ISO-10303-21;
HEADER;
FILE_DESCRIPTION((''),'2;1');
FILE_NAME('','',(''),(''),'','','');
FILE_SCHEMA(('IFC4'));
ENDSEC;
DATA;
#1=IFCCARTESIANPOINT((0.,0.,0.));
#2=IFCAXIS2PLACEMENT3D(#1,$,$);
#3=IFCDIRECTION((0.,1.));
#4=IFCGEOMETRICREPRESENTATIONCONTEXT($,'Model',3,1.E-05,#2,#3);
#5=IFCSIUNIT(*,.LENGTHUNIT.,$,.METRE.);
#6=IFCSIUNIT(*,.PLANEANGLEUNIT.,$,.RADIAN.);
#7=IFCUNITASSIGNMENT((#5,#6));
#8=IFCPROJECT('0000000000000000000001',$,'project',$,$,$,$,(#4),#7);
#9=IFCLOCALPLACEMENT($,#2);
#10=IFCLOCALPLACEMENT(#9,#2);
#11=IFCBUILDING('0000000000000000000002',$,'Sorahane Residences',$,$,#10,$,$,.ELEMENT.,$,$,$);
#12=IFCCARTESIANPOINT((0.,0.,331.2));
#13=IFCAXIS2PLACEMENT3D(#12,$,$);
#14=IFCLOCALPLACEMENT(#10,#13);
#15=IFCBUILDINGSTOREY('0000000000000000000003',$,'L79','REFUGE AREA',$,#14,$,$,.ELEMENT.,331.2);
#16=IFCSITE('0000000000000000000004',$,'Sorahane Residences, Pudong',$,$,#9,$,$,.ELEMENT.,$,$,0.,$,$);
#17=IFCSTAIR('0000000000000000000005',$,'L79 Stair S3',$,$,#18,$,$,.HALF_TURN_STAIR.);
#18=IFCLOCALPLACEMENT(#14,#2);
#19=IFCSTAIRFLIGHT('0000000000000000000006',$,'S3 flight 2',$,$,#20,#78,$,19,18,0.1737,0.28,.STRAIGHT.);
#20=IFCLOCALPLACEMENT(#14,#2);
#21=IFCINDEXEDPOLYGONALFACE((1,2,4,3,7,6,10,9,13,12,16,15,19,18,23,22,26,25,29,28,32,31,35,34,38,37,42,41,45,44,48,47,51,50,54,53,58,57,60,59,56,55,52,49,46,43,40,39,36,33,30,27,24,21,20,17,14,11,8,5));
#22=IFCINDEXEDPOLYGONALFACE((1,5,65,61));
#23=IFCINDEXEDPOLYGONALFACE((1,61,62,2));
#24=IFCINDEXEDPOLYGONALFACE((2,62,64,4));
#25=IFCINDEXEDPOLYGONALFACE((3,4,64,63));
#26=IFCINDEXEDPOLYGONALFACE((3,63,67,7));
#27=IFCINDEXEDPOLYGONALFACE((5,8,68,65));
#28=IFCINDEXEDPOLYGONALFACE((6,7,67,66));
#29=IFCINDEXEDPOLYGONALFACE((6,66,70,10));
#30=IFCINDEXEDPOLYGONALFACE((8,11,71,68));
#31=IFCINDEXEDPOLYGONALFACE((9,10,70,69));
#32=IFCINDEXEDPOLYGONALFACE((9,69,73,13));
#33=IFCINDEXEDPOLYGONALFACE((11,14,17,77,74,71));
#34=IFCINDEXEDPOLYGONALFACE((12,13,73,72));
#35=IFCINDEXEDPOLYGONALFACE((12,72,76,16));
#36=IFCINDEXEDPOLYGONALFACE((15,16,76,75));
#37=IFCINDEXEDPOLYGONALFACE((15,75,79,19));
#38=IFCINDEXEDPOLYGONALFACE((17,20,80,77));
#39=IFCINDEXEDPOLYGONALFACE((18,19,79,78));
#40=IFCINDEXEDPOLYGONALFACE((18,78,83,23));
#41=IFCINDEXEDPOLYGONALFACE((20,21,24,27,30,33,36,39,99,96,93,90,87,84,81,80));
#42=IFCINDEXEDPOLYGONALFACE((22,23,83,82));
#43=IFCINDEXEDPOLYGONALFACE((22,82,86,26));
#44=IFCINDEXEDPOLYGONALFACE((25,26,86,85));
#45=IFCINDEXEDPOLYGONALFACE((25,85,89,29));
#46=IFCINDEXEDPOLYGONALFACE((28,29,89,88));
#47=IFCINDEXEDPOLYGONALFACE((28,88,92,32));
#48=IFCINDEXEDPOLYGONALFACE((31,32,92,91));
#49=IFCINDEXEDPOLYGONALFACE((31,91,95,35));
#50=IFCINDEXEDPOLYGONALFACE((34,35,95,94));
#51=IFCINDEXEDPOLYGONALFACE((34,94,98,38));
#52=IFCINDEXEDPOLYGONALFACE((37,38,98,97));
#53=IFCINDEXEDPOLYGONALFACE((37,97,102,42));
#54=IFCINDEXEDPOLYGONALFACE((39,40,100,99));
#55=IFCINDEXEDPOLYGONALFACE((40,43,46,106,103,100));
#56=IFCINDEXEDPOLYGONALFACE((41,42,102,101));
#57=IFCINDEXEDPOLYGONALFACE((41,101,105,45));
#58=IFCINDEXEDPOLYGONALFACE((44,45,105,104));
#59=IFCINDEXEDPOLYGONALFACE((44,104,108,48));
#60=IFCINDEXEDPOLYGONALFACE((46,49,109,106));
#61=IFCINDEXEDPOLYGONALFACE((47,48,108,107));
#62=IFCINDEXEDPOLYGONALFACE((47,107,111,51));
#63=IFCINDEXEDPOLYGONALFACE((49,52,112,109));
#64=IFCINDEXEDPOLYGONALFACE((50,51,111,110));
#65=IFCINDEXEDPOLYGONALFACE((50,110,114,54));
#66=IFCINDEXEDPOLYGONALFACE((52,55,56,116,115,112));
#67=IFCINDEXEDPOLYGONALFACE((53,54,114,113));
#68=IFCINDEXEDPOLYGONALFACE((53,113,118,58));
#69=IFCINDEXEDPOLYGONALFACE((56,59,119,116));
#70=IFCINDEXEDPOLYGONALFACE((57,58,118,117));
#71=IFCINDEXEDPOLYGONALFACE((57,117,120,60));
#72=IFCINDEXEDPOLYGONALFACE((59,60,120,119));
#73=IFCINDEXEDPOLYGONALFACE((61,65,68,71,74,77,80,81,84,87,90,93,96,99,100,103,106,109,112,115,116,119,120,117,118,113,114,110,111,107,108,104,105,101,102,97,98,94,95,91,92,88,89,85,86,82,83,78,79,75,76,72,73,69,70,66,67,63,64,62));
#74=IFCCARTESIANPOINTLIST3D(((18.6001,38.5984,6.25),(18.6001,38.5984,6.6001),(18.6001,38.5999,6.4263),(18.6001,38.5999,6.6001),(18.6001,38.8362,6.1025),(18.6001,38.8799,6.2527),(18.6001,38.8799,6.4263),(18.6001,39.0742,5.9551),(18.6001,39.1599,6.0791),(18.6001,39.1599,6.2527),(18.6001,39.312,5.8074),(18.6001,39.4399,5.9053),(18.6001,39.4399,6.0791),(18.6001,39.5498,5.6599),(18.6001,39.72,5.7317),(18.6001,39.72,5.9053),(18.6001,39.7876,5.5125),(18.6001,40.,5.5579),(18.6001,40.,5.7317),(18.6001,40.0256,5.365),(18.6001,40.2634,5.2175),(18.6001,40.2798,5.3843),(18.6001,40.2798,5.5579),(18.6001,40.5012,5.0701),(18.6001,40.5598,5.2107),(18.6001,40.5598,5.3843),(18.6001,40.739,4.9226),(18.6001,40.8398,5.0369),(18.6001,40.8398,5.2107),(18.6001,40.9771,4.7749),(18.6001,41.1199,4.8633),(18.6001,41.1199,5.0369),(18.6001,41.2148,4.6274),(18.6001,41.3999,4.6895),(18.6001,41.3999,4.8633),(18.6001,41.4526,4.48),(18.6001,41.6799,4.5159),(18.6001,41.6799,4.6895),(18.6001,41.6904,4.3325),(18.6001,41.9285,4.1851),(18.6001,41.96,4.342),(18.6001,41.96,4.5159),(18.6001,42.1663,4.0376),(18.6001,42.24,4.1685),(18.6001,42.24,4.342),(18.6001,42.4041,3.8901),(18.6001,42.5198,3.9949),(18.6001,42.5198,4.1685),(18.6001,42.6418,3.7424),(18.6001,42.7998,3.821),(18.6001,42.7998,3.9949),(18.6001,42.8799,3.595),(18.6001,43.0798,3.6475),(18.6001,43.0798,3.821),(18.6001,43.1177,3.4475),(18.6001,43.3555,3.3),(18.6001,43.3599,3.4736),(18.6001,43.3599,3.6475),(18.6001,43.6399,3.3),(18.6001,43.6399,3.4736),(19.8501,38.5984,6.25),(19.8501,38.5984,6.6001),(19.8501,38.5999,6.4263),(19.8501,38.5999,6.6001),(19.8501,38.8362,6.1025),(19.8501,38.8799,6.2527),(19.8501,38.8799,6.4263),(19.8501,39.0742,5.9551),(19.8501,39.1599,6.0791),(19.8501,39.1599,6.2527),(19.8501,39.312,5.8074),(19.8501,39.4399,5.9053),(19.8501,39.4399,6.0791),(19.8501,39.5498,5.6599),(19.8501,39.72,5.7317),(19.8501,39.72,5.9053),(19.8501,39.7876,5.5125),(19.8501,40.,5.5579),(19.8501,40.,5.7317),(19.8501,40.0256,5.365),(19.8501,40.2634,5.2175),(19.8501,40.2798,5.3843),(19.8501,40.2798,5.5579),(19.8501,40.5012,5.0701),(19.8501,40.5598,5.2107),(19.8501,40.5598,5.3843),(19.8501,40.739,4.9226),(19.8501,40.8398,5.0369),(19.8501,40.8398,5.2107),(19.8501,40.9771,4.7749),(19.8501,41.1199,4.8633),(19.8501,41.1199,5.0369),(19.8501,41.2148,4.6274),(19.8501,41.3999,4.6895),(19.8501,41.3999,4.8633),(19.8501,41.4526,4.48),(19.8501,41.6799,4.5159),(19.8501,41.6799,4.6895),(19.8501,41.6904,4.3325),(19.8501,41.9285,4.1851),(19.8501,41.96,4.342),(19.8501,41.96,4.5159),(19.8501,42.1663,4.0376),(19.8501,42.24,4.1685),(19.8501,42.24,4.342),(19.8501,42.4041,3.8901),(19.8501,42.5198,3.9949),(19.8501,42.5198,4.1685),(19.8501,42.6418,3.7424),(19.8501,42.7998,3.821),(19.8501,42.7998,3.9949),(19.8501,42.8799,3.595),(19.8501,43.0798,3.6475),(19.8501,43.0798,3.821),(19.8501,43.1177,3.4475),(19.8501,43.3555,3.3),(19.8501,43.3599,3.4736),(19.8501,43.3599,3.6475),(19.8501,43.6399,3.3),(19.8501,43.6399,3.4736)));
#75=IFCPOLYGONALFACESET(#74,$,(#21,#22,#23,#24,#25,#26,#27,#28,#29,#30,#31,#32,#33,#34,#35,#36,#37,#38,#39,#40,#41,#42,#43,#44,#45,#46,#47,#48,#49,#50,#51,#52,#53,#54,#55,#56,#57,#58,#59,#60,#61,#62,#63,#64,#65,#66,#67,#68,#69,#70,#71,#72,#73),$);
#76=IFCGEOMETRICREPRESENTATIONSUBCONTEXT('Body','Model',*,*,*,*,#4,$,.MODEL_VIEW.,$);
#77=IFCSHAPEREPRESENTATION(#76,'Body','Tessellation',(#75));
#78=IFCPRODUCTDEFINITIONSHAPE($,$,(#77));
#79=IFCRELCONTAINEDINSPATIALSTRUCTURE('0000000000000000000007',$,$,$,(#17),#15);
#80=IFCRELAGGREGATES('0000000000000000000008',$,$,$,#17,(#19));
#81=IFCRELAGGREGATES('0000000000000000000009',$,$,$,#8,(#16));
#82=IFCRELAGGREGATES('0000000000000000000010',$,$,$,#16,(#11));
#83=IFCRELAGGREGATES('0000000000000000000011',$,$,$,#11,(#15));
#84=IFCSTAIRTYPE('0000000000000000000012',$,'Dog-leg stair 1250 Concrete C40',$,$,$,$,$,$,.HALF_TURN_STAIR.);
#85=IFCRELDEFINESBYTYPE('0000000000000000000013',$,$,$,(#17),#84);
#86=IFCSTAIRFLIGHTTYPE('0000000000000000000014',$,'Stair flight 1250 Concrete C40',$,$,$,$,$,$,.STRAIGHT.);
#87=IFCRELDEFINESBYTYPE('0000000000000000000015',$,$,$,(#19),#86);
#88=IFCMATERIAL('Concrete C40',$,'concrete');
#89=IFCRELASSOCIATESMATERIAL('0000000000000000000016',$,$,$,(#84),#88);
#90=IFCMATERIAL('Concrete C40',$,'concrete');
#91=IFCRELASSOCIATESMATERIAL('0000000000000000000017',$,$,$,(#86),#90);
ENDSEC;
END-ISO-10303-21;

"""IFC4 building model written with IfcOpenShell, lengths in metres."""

from ifc_helpers import new_model, si_unit, direction, frame, origin, place, context, subcontext, project, spatial, polyline, outline, extrude, material, type_object, element, aggregate, save


model = new_model("IFC4")

# Units and contexts
model_context = context("Model", 3, precision=1e-05, world=origin(), true_north=direction((0.0, 1.0)))
body_context = subcontext(model_context, "Body", "Model", "MODEL_VIEW")
ifc_project = project(units=[si_unit("LENGTHUNIT", "METRE"), si_unit("PLANEANGLEUNIT", "RADIAN")], contexts=[model_context])

# Site, building, storey
site_placement = place(None, origin())
site = spatial("IfcSite", under=ifc_project, at=site_placement, Name="Sorahane Residences, Pudong", CompositionType="ELEMENT", RefElevation=0.0)
building_placement = place(site_placement, origin())
building = spatial("IfcBuilding", under=site, at=building_placement, Name="Sorahane Residences", CompositionType="ELEMENT")
storey_placement = place(building_placement, frame((0.0, 0.0, 331.2)))
storey = spatial("IfcBuildingStorey", under=building, at=storey_placement, Name="L79", Description="REFUGE AREA", CompositionType="ELEMENT", Elevation=331.2)

# Stair, stair flight
ifc_material_1 = material(Name="Concrete C40", Category="concrete")
stair_type = type_object("IfcStairType", Name="Dog-leg stair 1250 Concrete C40", PredefinedType="HALF_TURN_STAIR", material=ifc_material_1)
stair_placement = place(storey_placement, origin())
stair = element("IfcStair", 1, at=stair_placement, inside=storey, type_object=stair_type, Name="L79 Stair S3", PredefinedType="HALF_TURN_STAIR")
ifc_material_2 = material(Name="Concrete C40", Category="concrete")
stair_flight_type = type_object("IfcStairFlightType", Name="Stair flight 1250 Concrete C40", PredefinedType="STRAIGHT", material=ifc_material_2)
stair_flight_1_placement = place(storey_placement, frame((19.2251, 43.6399, 3.3), z_axis=(0.0, 0.0, 1.0), x_axis=(0.0, -1.0, 0.0)))
stair_flight_1 = element("IfcStairFlight", 2, at=stair_flight_1_placement, type_object=stair_flight_type, Name="S3 flight 2", NumberOfRisers=19, NumberOfTreads=18, PredefinedType="STRAIGHT", RiserHeight=0.1737, TreadLength=0.28, context=body_context, shape_type="SweptSolid", body=[
    extrude(outline(polyline([(0.0, 0.0), (0.0, 0.1736), (0.28, 0.1736), (0.28, 0.3474), (0.5601, 0.3474), (0.5601, 0.521), (0.8401, 0.521), (0.8401, 0.6948), (1.1201, 0.6948), (1.1201, 0.8684), (1.3999, 0.8684), (1.3999, 1.042), (1.6799, 1.042), (1.6799, 1.2158), (1.96, 1.2158), (1.96, 1.3894), (2.24, 1.3894), (2.24, 1.5632), (2.52, 1.5632), (2.52, 1.7368), (2.8, 1.7368), (2.8, 1.9106), (3.0801, 1.9106), (3.0801, 2.0842), (3.3601, 2.0842), (3.3601, 2.2578), (3.6399, 2.2578), (3.6399, 2.4316), (3.9199, 2.4316), (3.9199, 2.6052), (4.2, 2.6052), (4.2, 2.7791), (4.48, 2.7791), (4.48, 2.9526), (4.76, 2.9526), (4.76, 3.1262), (5.04, 3.1262), (5.04, 3.3), (5.0415, 3.3), (5.0415, 2.95), (4.8037, 2.8025), (4.5657, 2.655), (4.3279, 2.5073), (4.0901, 2.3599), (3.8523, 2.2124), (3.6143, 2.0649), (3.3765, 1.9175), (3.1387, 1.77), (2.9009, 1.6226), (2.6628, 1.4749), (2.425, 1.3274), (2.1873, 1.1799), (1.9495, 1.0325), (1.7114, 0.885), (1.4736, 0.7375), (1.2358, 0.5901), (0.998, 0.4424), (0.76, 0.2949), (0.5222, 0.1475), (0.2844, 0.0), (0.0, 0.0)])), frame((0.0, 0.625, 0.0), z_axis=(0.0, -1.0, 0.0), x_axis=(1.0, 0.0, 0.0)), (0.0, 0.0, 1.0), 1.25),
])
aggregate(stair, [stair_flight_1])

save(model, "model.ifc")
